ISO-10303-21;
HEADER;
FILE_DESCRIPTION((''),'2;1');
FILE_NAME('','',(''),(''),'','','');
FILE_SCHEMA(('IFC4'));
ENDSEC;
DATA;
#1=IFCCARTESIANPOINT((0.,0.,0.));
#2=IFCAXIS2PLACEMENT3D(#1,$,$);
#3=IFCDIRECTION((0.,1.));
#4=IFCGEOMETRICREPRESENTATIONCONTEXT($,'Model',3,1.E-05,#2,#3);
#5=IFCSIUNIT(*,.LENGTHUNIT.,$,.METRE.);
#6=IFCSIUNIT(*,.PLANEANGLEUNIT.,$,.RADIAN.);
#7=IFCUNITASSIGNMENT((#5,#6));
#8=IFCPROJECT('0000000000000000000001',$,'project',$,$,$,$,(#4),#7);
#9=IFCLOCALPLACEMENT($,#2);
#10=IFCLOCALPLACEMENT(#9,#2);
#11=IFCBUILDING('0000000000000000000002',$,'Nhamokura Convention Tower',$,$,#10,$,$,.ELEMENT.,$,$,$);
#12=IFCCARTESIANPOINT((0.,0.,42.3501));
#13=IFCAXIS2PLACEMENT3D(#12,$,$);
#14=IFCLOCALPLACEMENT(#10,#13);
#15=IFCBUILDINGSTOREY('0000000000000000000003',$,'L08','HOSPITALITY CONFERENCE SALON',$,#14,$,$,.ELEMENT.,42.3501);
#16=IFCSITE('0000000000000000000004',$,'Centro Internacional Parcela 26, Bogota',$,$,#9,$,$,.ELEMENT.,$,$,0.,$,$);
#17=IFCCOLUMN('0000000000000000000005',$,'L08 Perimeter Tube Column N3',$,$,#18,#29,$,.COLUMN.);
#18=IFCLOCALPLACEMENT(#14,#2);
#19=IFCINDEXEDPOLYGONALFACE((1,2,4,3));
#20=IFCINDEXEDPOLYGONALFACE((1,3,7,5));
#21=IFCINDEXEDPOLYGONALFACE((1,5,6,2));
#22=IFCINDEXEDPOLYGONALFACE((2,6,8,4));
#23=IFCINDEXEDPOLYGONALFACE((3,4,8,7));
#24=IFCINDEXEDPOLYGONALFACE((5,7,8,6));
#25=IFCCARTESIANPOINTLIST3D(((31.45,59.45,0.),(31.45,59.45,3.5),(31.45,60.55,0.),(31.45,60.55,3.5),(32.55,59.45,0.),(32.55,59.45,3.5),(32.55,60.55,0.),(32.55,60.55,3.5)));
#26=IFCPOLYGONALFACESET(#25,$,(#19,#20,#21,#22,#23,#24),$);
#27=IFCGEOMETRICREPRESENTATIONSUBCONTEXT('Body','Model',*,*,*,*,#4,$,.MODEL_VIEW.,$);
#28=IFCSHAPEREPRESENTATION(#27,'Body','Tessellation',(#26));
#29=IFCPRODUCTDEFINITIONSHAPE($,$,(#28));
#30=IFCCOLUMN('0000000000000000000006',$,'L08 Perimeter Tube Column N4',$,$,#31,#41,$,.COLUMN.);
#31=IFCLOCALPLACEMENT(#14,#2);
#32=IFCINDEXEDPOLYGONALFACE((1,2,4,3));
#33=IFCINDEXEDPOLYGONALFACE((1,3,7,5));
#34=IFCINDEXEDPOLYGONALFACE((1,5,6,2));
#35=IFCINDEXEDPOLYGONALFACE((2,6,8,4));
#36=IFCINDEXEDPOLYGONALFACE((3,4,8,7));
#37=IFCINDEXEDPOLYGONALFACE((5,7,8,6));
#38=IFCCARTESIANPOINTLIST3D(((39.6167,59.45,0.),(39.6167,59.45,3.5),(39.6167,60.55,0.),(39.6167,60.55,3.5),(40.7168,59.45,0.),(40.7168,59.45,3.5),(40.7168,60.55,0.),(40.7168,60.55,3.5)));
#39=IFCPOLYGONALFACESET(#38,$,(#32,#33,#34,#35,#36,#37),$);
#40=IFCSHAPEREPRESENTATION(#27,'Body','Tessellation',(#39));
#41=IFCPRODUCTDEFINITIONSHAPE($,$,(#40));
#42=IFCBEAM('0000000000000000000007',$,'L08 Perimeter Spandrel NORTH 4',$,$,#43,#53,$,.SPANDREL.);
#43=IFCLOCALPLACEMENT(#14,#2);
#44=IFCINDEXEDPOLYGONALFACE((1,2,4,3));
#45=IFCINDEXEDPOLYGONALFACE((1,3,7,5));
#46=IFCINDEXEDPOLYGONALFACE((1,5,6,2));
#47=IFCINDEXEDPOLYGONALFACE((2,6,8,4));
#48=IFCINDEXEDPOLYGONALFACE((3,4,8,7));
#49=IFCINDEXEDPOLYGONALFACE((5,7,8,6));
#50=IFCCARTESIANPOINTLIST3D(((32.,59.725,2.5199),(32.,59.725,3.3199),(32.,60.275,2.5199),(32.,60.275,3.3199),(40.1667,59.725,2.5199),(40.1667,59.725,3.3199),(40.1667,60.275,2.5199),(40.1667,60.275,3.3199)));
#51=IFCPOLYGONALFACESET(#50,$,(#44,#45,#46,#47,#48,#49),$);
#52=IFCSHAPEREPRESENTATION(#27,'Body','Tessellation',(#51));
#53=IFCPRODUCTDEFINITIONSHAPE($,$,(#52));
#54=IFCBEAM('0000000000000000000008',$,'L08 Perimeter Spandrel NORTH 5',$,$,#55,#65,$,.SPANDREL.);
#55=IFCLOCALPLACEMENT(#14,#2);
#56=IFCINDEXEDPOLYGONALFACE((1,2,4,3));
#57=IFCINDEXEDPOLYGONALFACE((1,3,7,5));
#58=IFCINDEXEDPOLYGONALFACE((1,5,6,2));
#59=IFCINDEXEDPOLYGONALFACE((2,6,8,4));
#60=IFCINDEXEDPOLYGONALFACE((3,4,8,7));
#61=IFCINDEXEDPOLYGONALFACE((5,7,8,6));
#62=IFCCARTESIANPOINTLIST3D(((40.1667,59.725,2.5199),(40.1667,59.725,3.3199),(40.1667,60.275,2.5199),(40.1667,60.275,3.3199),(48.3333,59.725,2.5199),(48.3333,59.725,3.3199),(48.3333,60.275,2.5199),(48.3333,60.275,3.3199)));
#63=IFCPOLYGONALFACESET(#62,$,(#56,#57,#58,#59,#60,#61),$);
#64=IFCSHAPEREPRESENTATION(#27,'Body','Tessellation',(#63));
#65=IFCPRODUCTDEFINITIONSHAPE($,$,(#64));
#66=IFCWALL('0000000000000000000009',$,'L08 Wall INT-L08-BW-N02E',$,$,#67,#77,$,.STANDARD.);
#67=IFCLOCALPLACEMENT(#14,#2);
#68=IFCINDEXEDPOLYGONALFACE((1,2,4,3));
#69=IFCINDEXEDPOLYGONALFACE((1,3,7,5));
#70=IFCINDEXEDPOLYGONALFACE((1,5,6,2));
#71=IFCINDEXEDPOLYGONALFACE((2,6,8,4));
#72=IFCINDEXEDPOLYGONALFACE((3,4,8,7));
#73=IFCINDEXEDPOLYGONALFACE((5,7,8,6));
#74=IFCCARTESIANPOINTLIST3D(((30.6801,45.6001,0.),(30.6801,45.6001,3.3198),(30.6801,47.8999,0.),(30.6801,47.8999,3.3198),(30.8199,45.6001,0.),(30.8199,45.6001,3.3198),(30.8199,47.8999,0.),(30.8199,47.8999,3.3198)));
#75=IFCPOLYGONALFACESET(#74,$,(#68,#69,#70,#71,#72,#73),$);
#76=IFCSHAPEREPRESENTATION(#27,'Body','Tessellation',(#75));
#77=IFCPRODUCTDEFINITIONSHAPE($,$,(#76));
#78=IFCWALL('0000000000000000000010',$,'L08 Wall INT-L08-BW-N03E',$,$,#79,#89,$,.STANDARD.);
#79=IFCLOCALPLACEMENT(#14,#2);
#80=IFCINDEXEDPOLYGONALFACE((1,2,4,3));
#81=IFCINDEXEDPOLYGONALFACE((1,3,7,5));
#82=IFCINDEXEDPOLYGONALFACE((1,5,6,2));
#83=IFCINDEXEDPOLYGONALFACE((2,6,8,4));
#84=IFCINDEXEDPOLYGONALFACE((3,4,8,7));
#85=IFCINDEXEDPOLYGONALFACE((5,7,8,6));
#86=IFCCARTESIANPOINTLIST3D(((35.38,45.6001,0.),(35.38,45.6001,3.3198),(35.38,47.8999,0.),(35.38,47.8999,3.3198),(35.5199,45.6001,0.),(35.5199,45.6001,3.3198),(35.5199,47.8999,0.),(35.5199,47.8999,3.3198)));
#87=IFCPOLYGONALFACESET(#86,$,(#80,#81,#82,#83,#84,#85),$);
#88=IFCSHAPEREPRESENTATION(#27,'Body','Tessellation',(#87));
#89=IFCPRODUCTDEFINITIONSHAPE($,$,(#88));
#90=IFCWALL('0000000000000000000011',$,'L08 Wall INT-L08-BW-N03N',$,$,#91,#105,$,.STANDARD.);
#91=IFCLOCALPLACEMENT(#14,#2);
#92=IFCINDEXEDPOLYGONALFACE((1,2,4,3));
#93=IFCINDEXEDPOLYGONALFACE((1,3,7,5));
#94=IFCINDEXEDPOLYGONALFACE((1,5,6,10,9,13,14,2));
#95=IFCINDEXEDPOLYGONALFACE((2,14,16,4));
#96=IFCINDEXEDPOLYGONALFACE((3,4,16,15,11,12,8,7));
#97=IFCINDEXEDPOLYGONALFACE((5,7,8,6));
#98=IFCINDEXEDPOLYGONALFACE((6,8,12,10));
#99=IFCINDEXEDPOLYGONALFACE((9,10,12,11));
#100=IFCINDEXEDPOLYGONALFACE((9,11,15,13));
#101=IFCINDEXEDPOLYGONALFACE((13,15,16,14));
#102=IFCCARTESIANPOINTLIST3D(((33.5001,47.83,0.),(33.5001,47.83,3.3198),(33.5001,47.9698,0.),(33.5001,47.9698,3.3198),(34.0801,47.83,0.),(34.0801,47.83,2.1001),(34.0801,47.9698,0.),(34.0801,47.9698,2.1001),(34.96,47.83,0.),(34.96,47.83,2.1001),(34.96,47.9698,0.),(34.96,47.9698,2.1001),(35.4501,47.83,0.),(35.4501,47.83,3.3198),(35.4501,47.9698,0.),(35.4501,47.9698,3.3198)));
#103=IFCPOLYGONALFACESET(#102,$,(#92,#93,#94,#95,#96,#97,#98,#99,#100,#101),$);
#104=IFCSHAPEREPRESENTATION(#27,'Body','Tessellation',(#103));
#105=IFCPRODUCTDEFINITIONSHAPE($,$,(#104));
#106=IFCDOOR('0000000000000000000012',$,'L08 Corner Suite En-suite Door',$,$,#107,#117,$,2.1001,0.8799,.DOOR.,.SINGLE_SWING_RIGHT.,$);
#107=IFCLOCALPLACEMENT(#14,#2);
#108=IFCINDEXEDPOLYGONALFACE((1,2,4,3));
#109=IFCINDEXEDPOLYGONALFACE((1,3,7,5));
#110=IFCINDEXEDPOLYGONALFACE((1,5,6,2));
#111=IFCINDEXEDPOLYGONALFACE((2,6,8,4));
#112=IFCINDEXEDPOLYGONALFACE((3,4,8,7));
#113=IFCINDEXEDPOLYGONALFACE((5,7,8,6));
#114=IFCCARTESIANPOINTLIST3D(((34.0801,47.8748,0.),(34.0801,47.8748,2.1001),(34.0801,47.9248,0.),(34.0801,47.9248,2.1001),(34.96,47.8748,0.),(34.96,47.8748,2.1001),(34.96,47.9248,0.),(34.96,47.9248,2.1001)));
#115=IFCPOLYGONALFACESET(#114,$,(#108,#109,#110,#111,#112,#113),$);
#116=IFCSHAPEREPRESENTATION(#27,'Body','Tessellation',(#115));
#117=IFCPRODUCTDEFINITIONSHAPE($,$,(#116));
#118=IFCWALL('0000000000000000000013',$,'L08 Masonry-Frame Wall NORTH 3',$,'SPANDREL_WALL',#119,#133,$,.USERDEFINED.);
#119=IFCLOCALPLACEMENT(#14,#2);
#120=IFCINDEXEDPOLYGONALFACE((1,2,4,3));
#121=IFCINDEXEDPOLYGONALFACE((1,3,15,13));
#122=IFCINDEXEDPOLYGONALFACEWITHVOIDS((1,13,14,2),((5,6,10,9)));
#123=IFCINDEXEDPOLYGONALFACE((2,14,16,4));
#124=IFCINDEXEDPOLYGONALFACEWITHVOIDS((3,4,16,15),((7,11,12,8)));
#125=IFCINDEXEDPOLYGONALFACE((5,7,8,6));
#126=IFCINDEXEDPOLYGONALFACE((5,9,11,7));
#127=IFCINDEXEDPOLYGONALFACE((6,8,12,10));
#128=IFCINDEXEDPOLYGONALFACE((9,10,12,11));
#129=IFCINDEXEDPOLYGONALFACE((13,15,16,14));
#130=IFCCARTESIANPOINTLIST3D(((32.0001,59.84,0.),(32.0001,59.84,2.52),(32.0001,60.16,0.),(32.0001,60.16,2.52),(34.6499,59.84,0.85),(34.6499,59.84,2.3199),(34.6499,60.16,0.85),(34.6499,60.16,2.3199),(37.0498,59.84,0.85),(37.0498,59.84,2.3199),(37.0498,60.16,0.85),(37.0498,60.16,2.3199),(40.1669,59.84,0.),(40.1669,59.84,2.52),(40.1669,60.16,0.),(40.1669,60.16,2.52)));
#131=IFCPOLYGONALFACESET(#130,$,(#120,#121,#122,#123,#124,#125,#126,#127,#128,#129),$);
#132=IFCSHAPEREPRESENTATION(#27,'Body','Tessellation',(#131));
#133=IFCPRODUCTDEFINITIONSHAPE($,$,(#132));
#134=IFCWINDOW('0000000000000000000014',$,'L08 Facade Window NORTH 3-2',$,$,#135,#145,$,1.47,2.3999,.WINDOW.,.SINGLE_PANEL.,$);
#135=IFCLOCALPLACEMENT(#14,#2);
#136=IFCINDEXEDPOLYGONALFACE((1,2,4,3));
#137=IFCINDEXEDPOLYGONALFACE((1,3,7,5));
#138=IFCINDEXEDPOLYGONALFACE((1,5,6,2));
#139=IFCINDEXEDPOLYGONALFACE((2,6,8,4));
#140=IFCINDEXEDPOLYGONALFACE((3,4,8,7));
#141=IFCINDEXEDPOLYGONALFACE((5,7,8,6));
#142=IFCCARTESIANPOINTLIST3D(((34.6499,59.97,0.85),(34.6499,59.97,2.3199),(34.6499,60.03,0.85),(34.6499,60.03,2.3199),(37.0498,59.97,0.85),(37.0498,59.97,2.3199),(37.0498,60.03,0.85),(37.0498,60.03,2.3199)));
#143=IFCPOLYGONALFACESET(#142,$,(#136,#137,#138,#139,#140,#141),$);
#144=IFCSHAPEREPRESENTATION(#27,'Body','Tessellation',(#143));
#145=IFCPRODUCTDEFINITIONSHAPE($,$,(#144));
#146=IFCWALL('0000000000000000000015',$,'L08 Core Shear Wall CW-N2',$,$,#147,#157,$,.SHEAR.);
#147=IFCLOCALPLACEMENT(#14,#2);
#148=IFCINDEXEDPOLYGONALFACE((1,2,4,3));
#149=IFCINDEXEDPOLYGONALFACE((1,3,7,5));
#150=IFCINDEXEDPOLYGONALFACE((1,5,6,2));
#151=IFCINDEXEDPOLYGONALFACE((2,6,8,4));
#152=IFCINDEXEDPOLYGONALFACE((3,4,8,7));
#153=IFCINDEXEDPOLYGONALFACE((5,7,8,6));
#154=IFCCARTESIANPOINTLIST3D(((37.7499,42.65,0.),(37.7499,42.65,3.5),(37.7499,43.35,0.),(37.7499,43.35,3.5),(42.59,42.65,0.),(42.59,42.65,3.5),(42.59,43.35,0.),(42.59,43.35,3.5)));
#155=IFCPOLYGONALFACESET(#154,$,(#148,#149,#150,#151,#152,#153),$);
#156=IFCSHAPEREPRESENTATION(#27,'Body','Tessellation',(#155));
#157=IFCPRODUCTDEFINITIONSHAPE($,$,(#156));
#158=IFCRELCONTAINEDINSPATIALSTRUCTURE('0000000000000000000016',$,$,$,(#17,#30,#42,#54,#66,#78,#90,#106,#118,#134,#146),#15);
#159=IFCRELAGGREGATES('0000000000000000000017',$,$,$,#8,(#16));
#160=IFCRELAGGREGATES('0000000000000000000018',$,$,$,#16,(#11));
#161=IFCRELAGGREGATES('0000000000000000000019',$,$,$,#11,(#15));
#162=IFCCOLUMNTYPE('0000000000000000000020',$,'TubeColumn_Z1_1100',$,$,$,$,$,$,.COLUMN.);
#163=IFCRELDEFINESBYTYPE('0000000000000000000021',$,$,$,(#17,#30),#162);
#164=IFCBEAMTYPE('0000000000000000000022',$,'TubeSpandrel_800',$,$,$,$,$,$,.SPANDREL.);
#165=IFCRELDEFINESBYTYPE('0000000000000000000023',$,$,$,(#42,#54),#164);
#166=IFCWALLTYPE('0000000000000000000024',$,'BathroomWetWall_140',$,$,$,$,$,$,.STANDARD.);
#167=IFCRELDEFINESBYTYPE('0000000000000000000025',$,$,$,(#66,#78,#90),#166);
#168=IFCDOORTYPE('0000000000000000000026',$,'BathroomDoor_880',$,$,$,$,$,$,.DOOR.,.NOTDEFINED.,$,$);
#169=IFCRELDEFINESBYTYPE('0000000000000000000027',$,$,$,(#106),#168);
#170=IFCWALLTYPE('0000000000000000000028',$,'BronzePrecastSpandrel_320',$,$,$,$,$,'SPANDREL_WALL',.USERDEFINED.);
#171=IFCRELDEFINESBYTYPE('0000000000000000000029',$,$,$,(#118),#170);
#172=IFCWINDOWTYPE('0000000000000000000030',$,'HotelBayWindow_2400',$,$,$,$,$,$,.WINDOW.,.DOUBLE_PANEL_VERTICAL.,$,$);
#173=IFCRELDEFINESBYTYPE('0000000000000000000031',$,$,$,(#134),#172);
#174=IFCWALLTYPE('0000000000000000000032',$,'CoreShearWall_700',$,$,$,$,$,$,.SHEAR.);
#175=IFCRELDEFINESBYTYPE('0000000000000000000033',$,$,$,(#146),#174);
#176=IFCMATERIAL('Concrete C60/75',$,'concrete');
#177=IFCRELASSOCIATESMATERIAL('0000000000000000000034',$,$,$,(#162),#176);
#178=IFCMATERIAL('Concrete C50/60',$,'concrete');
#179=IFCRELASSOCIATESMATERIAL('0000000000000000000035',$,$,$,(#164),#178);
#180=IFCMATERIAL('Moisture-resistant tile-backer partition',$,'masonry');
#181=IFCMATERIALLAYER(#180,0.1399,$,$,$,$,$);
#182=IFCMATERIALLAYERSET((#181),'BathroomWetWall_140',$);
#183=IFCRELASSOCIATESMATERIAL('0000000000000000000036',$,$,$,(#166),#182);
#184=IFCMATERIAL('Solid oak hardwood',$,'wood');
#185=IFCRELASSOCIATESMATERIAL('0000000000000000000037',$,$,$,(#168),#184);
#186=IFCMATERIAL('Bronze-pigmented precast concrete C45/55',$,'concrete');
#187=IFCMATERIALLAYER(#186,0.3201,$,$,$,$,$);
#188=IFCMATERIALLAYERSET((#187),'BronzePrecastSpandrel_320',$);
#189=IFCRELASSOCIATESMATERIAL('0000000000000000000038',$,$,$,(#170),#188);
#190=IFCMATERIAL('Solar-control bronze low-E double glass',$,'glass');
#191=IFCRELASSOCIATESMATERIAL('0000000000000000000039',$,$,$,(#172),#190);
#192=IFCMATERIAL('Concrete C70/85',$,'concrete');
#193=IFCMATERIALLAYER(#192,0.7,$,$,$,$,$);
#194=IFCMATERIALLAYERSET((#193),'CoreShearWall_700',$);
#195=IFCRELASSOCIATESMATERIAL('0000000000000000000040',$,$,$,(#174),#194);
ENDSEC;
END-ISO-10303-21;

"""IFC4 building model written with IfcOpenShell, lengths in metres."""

from ifc_helpers import new_model, si_unit, direction, frame, frame_2d, origin, origin_2d, place, context, subcontext, project, spatial, rectangle, extrude, material, layer, layer_set, material_profile, profile_set, type_object, element, fill, save


model = new_model("IFC4")

# Units and contexts
model_context = context("Model", 3, precision=1e-05, world=origin(), true_north=direction((0.0, 1.0)))
body_context = subcontext(model_context, "Body", "Model", "MODEL_VIEW")
ifc_project = project(units=[si_unit("LENGTHUNIT", "METRE"), si_unit("PLANEANGLEUNIT", "RADIAN")], contexts=[model_context])

# Site, building, storey
site_placement = place(None, origin())
site = spatial("IfcSite", under=ifc_project, at=site_placement, Name="Centro Internacional Parcela 26, Bogota", CompositionType="ELEMENT", RefElevation=0.0)
building_placement = place(site_placement, origin())
building = spatial("IfcBuilding", under=site, at=building_placement, Name="Nhamokura Convention Tower", CompositionType="ELEMENT")
storey_placement = place(building_placement, frame((0.0, 0.0, 42.3501)))
storey = spatial("IfcBuildingStorey", under=building, at=storey_placement, Name="L08", Description="HOSPITALITY CONFERENCE SALON", CompositionType="ELEMENT", Elevation=42.3501)

# Columns
ifc_material_1 = material(Name="Concrete C60/75", Category="concrete")
ifc_material_profile_1 = material_profile(ifc_material_1, rectangle(XDim=1.1001, YDim=1.1001, at=origin_2d()))
ifc_profile_set_1 = profile_set([ifc_material_profile_1], Name="Concrete C60/75")
column_type = type_object("IfcColumnType", Name="TubeColumn_Z1_1100", PredefinedType="COLUMN", material=ifc_profile_set_1)
for number, where, z_axis, x_axis, name in (
    (1, (32.0, 60.0, 0.0), (0.0, 0.0, 1.0), (1.0, 0.0, 0.0), "L08 Perimeter Tube Column N3"),
    (2, (40.1667, 60.0, 0.0), (0.0, 0.0, 1.0), (1.0, 0.0, 0.0), "L08 Perimeter Tube Column N4"),
):
    element("IfcColumn", number, at=place(storey_placement, frame(where, z_axis=z_axis, x_axis=x_axis)), inside=storey, type_object=column_type, Name=name, PredefinedType="COLUMN", context=body_context, shape_type="SweptSolid", body=[
        extrude(rectangle(XDim=1.1001, YDim=1.1001, at=origin_2d()), origin(), (0.0, 0.0, 1.0), 3.5),
    ])

# Beams
ifc_material_2 = material(Name="Concrete C50/60", Category="concrete")
ifc_material_profile_2 = material_profile(ifc_material_2, rectangle(XDim=0.55, YDim=0.8, at=origin_2d()))
ifc_profile_set_2 = profile_set([ifc_material_profile_2], Name="Concrete C50/60")
beam_type = type_object("IfcBeamType", Name="TubeSpandrel_800", PredefinedType="SPANDREL", material=ifc_profile_set_2)
beam_1_placement = place(storey_placement, frame((32.0, 60.0, 2.9199), z_axis=(1.0, 0.0, 0.0), x_axis=(0.0, 1.0, 0.0)))
element("IfcBeam", 3, at=beam_1_placement, inside=storey, type_object=beam_type, Name="L08 Perimeter Spandrel NORTH 4", PredefinedType="SPANDREL", context=body_context, shape_type="SweptSolid", body=[
    extrude(rectangle(XDim=0.55, YDim=0.8, at=origin_2d()), origin(), (0.0, 0.0, 1.0), 8.1667),
])
beam_2_placement = place(storey_placement, frame((40.1667, 60.0, 2.9199), z_axis=(1.0, 0.0, 0.0), x_axis=(0.0, 1.0, 0.0)))
element("IfcBeam", 4, at=beam_2_placement, inside=storey, type_object=beam_type, Name="L08 Perimeter Spandrel NORTH 5", PredefinedType="SPANDREL", context=body_context, shape_type="SweptSolid", body=[
    extrude(rectangle(XDim=0.55, YDim=0.8, at=origin_2d()), origin(), (0.0, 0.0, 1.0), 8.1665),
])

# Walls
ifc_material_3 = material(Name="Moisture-resistant tile-backer partition", Category="masonry")
ifc_layer_1 = layer(ifc_material_3, 0.1399)
ifc_layer_set_1 = layer_set([ifc_layer_1], Name="BathroomWetWall_140")
wall_type_1 = type_object("IfcWallType", Name="BathroomWetWall_140", PredefinedType="STANDARD", material=ifc_layer_set_1)
for number, where, z_axis, x_axis, name in (
    (5, (30.75, 45.6001, 0.0), (0.0, 0.0, 1.0), (0.0, 1.0, 0.0), "L08 Wall INT-L08-BW-N02E"),
    (6, (35.45, 45.6001, 0.0), (0.0, 0.0, 1.0), (0.0, 1.0, 0.0), "L08 Wall INT-L08-BW-N03E"),
):
    element("IfcWall", number, at=place(storey_placement, frame(where, z_axis=z_axis, x_axis=x_axis)), inside=storey, type_object=wall_type_1, Name=name, PredefinedType="STANDARD", context=body_context, shape_type="SweptSolid", body=[
        extrude(rectangle(XDim=2.2998, YDim=0.1399, at=frame_2d((1.1499, 0.0))), origin(), (0.0, 0.0, 1.0), 3.3198),
    ])

# Wall, opening, door
wall_1_placement = place(storey_placement, frame((33.5, 47.8999, 0.0), z_axis=(0.0, 0.0, 1.0), x_axis=(1.0, 0.0, 0.0)))
wall_1 = element("IfcWall", 7, at=wall_1_placement, inside=storey, type_object=wall_type_1, Name="L08 Wall INT-L08-BW-N03N", PredefinedType="STANDARD", context=body_context, shape_type="SweptSolid", body=[
    extrude(rectangle(XDim=1.95, YDim=0.1399, at=frame_2d((0.9751, 0.0))), origin(), (0.0, 0.0, 1.0), 3.3198),
])
opening_1_placement = place(wall_1_placement, frame((0.5801, 0.0, 0.0)))
opening_1 = element("IfcOpeningElement", 8, at=opening_1_placement, cuts=wall_1, PredefinedType="OPENING", context=body_context, shape_type="SweptSolid", body=[
    extrude(rectangle(XDim=0.8799, YDim=2.1001, at=frame_2d((0.4399, 1.05))), frame((0.0, 0.0798, 0.0), z_axis=(0.0, -1.0, 0.0), x_axis=(1.0, 0.0, 0.0)), (0.0, 0.0, 1.0), 0.1599),
])
ifc_material_4 = material(Name="Solid oak hardwood", Category="wood")
door_type_1 = type_object("IfcDoorType", Name="BathroomDoor_880", OperationType="NOTDEFINED", PredefinedType="DOOR", material=ifc_material_4)
door_1_placement = place(opening_1_placement, origin())
door_1 = element("IfcDoor", 9, at=door_1_placement, inside=storey, type_object=door_type_1, Name="L08 Corner Suite En-suite Door", OperationType="SINGLE_SWING_RIGHT", OverallHeight=2.1001, OverallWidth=0.8799, PredefinedType="DOOR", context=body_context, shape_type="SweptSolid", body=[
    extrude(rectangle(XDim=0.8799, YDim=2.1001, at=frame_2d((0.4399, 1.05))), frame((0.0, 0.0249, 0.0), z_axis=(0.0, -1.0, 0.0), x_axis=(1.0, 0.0, 0.0)), (0.0, 0.0, 1.0), 0.05),
])
fill(opening_1, door_1)

# Wall, opening, window
ifc_material_5 = material(Name="Bronze-pigmented precast concrete C45/55", Category="concrete")
ifc_layer_2 = layer(ifc_material_5, 0.3201)
ifc_layer_set_2 = layer_set([ifc_layer_2], Name="BronzePrecastSpandrel_320")
wall_type_2 = type_object("IfcWallType", Name="BronzePrecastSpandrel_320", ElementType="SPANDREL_WALL", PredefinedType="USERDEFINED", material=ifc_layer_set_2)
wall_2_placement = place(storey_placement, frame((32.0, 60.0, 0.0), z_axis=(0.0, 0.0, 1.0), x_axis=(1.0, 0.0, 0.0)))
wall_2 = element("IfcWall", 10, at=wall_2_placement, inside=storey, type_object=wall_type_2, Name="L08 Masonry-Frame Wall NORTH 3", ObjectType="SPANDREL_WALL", PredefinedType="USERDEFINED", context=body_context, shape_type="SweptSolid", body=[
    extrude(rectangle(XDim=8.1667, YDim=0.3201, at=frame_2d((4.0835, 0.0))), origin(), (0.0, 0.0, 1.0), 2.52),
])
opening_2_placement = place(wall_2_placement, frame((2.6499, 0.0, 0.8501)))
opening_2 = element("IfcOpeningElement", 11, at=opening_2_placement, cuts=wall_2, PredefinedType="OPENING", context=body_context, shape_type="SweptSolid", body=[
    extrude(rectangle(XDim=2.3999, YDim=1.47, at=frame_2d((1.2, 0.7349))), frame((0.0, 0.1699, 0.0), z_axis=(0.0, -1.0, 0.0), x_axis=(1.0, 0.0, 0.0)), (0.0, 0.0, 1.0), 0.3401),
])
ifc_material_6 = material(Name="Solar-control bronze low-E double glass", Category="glass")
window_type = type_object("IfcWindowType", Name="HotelBayWindow_2400", PartitioningType="DOUBLE_PANEL_VERTICAL", PredefinedType="WINDOW", material=ifc_material_6)
window_placement = place(opening_2_placement, origin())
window = element("IfcWindow", 12, at=window_placement, inside=storey, type_object=window_type, Name="L08 Facade Window NORTH 3-2", OverallHeight=1.47, OverallWidth=2.3999, PartitioningType="SINGLE_PANEL", PredefinedType="WINDOW", context=body_context, shape_type="SweptSolid", body=[
    extrude(rectangle(XDim=2.3999, YDim=1.47, at=frame_2d((1.2, 0.7349))), frame((0.0, 0.03, 0.0), z_axis=(0.0, -1.0, 0.0), x_axis=(1.0, 0.0, 0.0)), (0.0, 0.0, 1.0), 0.0601),
])
fill(opening_2, window)

# Wall
ifc_material_7 = material(Name="Concrete C70/85", Category="concrete")
ifc_layer_3 = layer(ifc_material_7, 0.7)
ifc_layer_set_3 = layer_set([ifc_layer_3], Name="CoreShearWall_700")
wall_type_3 = type_object("IfcWallType", Name="CoreShearWall_700", PredefinedType="SHEAR", material=ifc_layer_set_3)
wall_3_placement = place(storey_placement, frame((37.75, 43.0, 0.0), z_axis=(0.0, 0.0, 1.0), x_axis=(1.0, 0.0, 0.0)))
element("IfcWall", 13, at=wall_3_placement, inside=storey, type_object=wall_type_3, Name="L08 Core Shear Wall CW-N2", PredefinedType="SHEAR", context=body_context, shape_type="SweptSolid", body=[
    extrude(rectangle(XDim=4.8401, YDim=0.7, at=frame_2d((2.4199, 0.0))), origin(), (0.0, 0.0, 1.0), 3.5),
])

save(model, "model.ifc")
